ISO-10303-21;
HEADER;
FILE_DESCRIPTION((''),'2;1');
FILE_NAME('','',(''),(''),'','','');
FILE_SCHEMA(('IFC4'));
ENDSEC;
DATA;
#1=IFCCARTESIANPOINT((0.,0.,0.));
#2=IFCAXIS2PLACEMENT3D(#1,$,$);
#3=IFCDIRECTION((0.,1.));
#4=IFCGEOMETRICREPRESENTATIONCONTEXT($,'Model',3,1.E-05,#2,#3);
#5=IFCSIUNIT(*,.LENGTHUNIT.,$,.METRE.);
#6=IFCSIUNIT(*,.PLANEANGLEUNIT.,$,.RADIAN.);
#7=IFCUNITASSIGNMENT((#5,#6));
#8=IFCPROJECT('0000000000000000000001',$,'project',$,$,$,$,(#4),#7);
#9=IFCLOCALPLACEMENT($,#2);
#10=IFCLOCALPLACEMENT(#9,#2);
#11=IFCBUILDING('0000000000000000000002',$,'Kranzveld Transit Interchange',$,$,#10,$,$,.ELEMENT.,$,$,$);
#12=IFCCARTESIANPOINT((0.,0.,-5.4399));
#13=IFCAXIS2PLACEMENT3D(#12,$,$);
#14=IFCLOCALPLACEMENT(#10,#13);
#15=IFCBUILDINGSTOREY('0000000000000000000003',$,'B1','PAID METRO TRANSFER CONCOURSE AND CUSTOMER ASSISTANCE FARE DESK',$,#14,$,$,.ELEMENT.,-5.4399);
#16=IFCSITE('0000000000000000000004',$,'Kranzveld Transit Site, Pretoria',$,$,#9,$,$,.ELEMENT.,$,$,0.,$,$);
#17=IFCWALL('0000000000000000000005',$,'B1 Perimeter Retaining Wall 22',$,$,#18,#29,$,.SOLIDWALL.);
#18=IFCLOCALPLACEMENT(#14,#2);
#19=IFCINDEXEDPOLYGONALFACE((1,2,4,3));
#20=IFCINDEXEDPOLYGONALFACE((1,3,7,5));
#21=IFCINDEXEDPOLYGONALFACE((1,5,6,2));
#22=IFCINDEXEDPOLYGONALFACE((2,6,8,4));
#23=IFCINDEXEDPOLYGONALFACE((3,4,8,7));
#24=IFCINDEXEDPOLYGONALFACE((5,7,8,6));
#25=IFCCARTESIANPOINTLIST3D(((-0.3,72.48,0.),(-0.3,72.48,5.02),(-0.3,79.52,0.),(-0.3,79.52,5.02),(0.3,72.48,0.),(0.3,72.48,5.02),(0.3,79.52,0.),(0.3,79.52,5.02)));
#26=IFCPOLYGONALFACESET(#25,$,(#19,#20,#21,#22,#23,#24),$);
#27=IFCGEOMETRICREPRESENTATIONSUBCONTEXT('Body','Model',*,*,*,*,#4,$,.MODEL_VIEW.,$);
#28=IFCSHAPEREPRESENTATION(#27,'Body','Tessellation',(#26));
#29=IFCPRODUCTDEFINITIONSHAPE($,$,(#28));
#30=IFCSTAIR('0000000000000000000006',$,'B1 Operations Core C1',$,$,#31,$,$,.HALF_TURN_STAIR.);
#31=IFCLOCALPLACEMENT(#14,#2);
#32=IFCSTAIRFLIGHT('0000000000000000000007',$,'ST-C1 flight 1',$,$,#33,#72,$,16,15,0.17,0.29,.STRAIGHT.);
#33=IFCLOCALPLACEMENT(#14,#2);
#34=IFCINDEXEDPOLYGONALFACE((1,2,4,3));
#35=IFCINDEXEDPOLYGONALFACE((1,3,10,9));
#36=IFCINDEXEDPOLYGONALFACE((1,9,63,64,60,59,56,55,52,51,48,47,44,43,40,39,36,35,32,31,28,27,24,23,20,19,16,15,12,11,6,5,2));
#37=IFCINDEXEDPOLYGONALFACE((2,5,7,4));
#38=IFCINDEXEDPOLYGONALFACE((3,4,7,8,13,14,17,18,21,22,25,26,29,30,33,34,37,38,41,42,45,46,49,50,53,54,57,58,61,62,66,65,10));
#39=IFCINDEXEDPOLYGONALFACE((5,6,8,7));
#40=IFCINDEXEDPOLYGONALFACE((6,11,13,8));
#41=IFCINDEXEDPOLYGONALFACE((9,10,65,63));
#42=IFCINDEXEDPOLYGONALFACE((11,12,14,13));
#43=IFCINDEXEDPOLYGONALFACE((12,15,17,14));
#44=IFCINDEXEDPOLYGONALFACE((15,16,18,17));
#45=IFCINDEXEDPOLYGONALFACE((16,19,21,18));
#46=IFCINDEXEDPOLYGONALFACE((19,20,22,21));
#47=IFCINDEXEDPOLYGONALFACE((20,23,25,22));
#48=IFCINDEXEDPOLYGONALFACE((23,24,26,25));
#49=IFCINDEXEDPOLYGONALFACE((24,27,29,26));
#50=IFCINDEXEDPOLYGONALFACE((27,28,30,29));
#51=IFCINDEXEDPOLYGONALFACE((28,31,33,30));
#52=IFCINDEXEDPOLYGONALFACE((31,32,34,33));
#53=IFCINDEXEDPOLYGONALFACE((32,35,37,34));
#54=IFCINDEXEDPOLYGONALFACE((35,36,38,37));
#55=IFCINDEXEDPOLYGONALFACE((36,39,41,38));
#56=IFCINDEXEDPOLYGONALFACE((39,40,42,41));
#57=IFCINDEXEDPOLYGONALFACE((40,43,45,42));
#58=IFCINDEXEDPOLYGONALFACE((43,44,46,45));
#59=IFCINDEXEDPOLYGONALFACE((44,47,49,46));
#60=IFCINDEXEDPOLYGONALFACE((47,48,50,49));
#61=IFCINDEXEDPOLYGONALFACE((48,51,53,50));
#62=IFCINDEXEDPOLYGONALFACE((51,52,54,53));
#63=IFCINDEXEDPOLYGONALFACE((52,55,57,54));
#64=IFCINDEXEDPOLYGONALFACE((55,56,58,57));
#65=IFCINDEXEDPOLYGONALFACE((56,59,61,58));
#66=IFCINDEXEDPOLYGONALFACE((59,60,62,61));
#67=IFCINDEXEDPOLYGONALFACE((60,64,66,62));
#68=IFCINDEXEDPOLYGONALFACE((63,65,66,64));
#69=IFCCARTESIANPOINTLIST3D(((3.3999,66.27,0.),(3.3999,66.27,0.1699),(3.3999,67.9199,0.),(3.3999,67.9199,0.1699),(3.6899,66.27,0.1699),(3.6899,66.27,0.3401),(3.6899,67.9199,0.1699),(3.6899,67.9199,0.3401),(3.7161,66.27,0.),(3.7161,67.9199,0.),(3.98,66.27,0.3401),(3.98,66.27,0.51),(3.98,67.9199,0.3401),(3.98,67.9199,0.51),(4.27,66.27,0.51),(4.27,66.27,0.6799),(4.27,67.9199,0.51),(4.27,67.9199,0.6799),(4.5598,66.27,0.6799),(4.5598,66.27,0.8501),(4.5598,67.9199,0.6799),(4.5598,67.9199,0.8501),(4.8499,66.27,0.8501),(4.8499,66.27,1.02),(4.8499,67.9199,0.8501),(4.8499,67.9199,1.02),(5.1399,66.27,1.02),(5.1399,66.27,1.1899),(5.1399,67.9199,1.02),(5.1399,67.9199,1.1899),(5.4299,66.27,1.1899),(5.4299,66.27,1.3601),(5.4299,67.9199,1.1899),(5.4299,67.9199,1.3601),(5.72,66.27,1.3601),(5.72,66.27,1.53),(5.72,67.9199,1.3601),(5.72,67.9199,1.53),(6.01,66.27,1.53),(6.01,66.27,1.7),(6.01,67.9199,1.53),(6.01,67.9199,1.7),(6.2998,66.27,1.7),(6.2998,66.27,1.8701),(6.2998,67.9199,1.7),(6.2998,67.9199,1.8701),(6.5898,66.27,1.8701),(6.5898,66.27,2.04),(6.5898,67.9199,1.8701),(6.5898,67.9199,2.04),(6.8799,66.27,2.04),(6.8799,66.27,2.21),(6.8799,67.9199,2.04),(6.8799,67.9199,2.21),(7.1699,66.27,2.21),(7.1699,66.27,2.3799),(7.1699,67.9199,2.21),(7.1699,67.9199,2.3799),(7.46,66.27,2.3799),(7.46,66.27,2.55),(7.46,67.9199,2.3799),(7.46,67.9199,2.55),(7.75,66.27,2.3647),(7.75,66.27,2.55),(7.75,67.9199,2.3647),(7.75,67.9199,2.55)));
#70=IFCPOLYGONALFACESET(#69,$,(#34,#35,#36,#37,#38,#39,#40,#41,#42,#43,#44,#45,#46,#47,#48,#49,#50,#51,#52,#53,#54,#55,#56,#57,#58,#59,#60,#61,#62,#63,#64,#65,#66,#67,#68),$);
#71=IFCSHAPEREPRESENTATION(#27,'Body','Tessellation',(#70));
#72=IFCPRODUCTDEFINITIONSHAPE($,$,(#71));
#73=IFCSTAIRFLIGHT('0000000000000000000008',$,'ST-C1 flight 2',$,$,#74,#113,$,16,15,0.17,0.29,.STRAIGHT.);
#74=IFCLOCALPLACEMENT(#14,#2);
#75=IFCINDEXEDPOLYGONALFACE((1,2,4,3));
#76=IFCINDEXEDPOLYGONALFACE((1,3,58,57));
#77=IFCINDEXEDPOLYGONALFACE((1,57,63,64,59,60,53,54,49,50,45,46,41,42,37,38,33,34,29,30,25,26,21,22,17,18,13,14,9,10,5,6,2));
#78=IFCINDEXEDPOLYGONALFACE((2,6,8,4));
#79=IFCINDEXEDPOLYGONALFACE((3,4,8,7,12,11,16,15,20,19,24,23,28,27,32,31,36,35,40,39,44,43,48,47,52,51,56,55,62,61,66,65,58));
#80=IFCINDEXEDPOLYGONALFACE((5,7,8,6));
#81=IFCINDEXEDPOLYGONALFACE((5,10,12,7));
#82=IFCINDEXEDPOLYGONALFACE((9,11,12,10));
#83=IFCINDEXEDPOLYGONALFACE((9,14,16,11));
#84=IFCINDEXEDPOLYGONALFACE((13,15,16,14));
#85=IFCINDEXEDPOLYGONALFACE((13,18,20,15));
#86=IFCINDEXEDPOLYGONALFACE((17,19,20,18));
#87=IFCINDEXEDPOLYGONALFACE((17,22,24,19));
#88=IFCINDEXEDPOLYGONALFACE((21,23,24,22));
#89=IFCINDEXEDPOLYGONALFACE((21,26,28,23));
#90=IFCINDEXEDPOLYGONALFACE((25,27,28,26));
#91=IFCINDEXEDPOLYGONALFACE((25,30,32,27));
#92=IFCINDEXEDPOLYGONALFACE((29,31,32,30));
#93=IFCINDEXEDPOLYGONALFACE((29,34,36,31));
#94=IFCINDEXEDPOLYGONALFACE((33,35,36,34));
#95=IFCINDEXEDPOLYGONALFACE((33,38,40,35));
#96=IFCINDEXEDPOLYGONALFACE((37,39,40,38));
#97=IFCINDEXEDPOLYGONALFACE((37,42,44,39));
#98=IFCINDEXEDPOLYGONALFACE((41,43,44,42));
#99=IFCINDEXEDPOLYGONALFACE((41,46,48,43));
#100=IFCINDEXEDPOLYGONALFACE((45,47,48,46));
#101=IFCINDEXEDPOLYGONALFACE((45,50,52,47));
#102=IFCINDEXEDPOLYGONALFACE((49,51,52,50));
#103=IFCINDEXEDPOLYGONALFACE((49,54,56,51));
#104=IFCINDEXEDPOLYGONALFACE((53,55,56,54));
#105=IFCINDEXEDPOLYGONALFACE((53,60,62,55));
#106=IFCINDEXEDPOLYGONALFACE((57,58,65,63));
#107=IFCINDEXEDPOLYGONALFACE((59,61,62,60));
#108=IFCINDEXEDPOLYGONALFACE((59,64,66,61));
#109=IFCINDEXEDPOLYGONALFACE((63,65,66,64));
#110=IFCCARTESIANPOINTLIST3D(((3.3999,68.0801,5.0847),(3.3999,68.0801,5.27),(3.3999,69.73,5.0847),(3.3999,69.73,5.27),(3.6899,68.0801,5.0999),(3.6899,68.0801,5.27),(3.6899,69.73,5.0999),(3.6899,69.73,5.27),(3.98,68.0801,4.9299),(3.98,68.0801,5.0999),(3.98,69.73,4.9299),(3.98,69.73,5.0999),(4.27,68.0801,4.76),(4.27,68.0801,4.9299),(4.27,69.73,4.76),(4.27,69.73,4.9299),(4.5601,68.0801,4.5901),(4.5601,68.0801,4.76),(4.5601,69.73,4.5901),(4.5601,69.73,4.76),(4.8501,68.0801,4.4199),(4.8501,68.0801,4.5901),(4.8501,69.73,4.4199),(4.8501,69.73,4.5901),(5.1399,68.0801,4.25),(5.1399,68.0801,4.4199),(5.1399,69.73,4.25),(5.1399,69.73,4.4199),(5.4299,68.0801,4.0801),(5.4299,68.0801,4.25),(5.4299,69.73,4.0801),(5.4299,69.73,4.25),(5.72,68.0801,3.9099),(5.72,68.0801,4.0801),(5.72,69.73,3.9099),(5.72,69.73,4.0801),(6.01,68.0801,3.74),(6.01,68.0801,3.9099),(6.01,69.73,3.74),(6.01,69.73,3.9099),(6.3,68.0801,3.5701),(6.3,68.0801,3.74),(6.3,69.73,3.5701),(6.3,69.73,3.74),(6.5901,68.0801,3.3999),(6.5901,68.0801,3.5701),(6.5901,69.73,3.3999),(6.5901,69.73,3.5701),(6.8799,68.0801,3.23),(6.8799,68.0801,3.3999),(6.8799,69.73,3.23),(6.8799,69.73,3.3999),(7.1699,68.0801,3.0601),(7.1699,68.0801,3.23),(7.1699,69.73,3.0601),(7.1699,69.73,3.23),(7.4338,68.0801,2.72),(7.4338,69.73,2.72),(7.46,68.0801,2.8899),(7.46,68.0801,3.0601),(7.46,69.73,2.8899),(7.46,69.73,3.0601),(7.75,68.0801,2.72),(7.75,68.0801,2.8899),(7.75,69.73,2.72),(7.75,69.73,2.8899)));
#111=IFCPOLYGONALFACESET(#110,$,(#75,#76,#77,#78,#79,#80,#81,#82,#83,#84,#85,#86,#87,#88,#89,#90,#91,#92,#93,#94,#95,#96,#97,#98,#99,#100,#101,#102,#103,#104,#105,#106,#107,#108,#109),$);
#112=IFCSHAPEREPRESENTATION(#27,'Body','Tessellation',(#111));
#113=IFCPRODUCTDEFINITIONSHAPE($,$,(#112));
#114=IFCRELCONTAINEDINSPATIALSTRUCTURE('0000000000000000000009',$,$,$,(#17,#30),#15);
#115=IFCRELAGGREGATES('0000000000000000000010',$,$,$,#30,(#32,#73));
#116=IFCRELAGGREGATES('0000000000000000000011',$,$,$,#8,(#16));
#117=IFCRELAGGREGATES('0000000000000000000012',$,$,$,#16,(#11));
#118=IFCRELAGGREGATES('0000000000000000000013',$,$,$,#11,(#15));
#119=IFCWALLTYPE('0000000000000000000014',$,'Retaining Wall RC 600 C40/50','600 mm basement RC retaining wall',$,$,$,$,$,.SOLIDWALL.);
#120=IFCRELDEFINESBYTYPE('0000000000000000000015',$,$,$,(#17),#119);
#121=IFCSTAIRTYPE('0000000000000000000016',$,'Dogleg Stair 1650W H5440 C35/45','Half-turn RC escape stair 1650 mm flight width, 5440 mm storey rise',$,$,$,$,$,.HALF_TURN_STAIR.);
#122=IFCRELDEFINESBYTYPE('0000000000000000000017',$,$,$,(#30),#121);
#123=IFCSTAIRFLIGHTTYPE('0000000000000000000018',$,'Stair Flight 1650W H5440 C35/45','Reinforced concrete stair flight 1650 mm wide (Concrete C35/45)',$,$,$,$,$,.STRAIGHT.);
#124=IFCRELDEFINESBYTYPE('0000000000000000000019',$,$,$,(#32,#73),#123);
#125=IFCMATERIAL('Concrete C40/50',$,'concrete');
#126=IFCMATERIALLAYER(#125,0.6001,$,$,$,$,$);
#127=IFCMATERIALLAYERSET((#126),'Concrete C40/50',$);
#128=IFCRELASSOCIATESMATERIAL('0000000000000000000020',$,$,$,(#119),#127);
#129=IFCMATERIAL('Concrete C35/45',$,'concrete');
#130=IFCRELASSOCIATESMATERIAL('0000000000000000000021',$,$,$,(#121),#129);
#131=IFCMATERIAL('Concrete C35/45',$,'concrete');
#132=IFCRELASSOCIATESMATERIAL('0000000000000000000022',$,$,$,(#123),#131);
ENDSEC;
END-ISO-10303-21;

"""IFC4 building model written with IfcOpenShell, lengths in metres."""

from ifc_helpers import new_model, si_unit, direction, frame, frame_2d, origin, place, context, subcontext, project, spatial, polyline, rectangle, outline, extrude, material, layer, layer_set, type_object, element, aggregate, save


model = new_model("IFC4")

# Units and contexts
model_context = context("Model", 3, precision=1e-05, world=origin(), true_north=direction((0.0, 1.0)))
body_context = subcontext(model_context, "Body", "Model", "MODEL_VIEW")
ifc_project = project(units=[si_unit("LENGTHUNIT", "METRE"), si_unit("PLANEANGLEUNIT", "RADIAN")], contexts=[model_context])

# Site, building, storey
site_placement = place(None, origin())
site = spatial("IfcSite", under=ifc_project, at=site_placement, Name="Kranzveld Transit Site, Pretoria", CompositionType="ELEMENT", RefElevation=0.0)
building_placement = place(site_placement, origin())
building = spatial("IfcBuilding", under=site, at=building_placement, Name="Kranzveld Transit Interchange", CompositionType="ELEMENT")
storey_placement = place(building_placement, frame((0.0, 0.0, -5.4399)))
storey = spatial("IfcBuildingStorey", under=building, at=storey_placement, Name="B1", Description="PAID METRO TRANSFER CONCOURSE AND CUSTOMER ASSISTANCE FARE DESK", CompositionType="ELEMENT", Elevation=-5.4399)

# Wall
ifc_material_1 = material(Name="Concrete C40/50", Category="concrete")
ifc_layer_1 = layer(ifc_material_1, 0.6001)
ifc_layer_set_1 = layer_set([ifc_layer_1], Name="Concrete C40/50")
wall_type_1 = type_object("IfcWallType", Name="Retaining Wall RC 600 C40/50", Description="600 mm basement RC retaining wall", PredefinedType="SOLIDWALL", material=ifc_layer_set_1)
wall_1_placement = place(storey_placement, frame((0.0, 72.48, 0.0), z_axis=(0.0, 0.0, 1.0), x_axis=(0.0, 1.0, 0.0)))
element("IfcWall", 1, at=wall_1_placement, inside=storey, type_object=wall_type_1, Name="B1 Perimeter Retaining Wall 22", PredefinedType="SOLIDWALL", context=body_context, shape_type="SweptSolid", body=[
    extrude(rectangle(XDim=7.04, YDim=0.6001, at=frame_2d((3.52, 0.0))), origin(), (0.0, 0.0, 1.0), 5.02),
])

# Stair, stair flights
ifc_material_2 = material(Name="Concrete C35/45", Category="concrete")
stair_type = type_object("IfcStairType", Name="Dogleg Stair 1650W H5440 C35/45", Description="Half-turn RC escape stair 1650 mm flight width, 5440 mm storey rise", PredefinedType="HALF_TURN_STAIR", material=ifc_material_2)
stair_placement = place(storey_placement, origin())
stair = element("IfcStair", 2, at=stair_placement, inside=storey, type_object=stair_type, Name="B1 Operations Core C1", PredefinedType="HALF_TURN_STAIR")
ifc_material_3 = material(Name="Concrete C35/45", Category="concrete")
stair_flight_type = type_object("IfcStairFlightType", Name="Stair Flight 1650W H5440 C35/45", Description="Reinforced concrete stair flight 1650 mm wide (Concrete C35/45)", PredefinedType="STRAIGHT", material=ifc_material_3)
stair_flight_1_placement = place(storey_placement, frame((3.3999, 67.095, 0.0), z_axis=(0.0, 0.0, 1.0), x_axis=(1.0, 0.0, 0.0)))
stair_flight_1 = element("IfcStairFlight", 3, at=stair_flight_1_placement, type_object=stair_flight_type, Name="ST-C1 flight 1", NumberOfRisers=16, NumberOfTreads=15, PredefinedType="STRAIGHT", RiserHeight=0.17, TreadLength=0.29, context=body_context, shape_type="SweptSolid", body=[
    extrude(outline(polyline([(0.0, 0.0), (0.0, 0.1699), (0.29, 0.1699), (0.29, 0.3401), (0.5801, 0.3401), (0.5801, 0.51), (0.8701, 0.51), (0.8701, 0.6799), (1.1599, 0.6799), (1.1599, 0.8501), (1.45, 0.8501), (1.45, 1.02), (1.74, 1.02), (1.74, 1.1899), (2.03, 1.1899), (2.03, 1.3601), (2.3201, 1.3601), (2.3201, 1.53), (2.6101, 1.53), (2.6101, 1.7), (2.8999, 1.7), (2.8999, 1.8701), (3.1899, 1.8701), (3.1899, 2.04), (3.48, 2.04), (3.48, 2.21), (3.77, 2.21), (3.77, 2.3799), (4.0601, 2.3799), (4.0601, 2.55), (4.3501, 2.55), (4.3501, 2.72), (4.3501, 2.3647), (0.3162, 0.0), (0.0, 0.0)])), frame((0.0, 0.825, 0.0), z_axis=(0.0, -1.0, 0.0), x_axis=(1.0, 0.0, 0.0)), (0.0, 0.0, 1.0), 1.6499),
])
stair_flight_2_placement = place(storey_placement, frame((7.75, 68.905, 2.72), z_axis=(0.0, 0.0, 1.0), x_axis=(-1.0, 0.0, 0.0)))
stair_flight_2 = element("IfcStairFlight", 4, at=stair_flight_2_placement, type_object=stair_flight_type, Name="ST-C1 flight 2", NumberOfRisers=16, NumberOfTreads=15, PredefinedType="STRAIGHT", RiserHeight=0.17, TreadLength=0.29, context=body_context, shape_type="SweptSolid", body=[
    extrude(outline(polyline([(0.0, 0.0), (0.0, 0.1699), (0.29, 0.1699), (0.29, 0.3401), (0.5801, 0.3401), (0.5801, 0.51), (0.8701, 0.51), (0.8701, 0.6799), (1.1599, 0.6799), (1.1599, 0.8501), (1.45, 0.8501), (1.45, 1.02), (1.74, 1.02), (1.74, 1.1899), (2.03, 1.1899), (2.03, 1.3601), (2.3201, 1.3601), (2.3201, 1.53), (2.6101, 1.53), (2.6101, 1.7), (2.8999, 1.7), (2.8999, 1.8701), (3.1899, 1.8701), (3.1899, 2.04), (3.48, 2.04), (3.48, 2.21), (3.77, 2.21), (3.77, 2.3799), (4.0601, 2.3799), (4.0601, 2.55), (4.3501, 2.55), (4.3501, 2.72), (4.3501, 2.3647), (0.3162, 0.0), (0.0, 0.0)])), frame((0.0, 0.825, 0.0), z_axis=(0.0, -1.0, 0.0), x_axis=(1.0, 0.0, 0.0)), (0.0, 0.0, 1.0), 1.6499),
])
aggregate(stair, [stair_flight_1, stair_flight_2])

save(model, "model.ifc")
